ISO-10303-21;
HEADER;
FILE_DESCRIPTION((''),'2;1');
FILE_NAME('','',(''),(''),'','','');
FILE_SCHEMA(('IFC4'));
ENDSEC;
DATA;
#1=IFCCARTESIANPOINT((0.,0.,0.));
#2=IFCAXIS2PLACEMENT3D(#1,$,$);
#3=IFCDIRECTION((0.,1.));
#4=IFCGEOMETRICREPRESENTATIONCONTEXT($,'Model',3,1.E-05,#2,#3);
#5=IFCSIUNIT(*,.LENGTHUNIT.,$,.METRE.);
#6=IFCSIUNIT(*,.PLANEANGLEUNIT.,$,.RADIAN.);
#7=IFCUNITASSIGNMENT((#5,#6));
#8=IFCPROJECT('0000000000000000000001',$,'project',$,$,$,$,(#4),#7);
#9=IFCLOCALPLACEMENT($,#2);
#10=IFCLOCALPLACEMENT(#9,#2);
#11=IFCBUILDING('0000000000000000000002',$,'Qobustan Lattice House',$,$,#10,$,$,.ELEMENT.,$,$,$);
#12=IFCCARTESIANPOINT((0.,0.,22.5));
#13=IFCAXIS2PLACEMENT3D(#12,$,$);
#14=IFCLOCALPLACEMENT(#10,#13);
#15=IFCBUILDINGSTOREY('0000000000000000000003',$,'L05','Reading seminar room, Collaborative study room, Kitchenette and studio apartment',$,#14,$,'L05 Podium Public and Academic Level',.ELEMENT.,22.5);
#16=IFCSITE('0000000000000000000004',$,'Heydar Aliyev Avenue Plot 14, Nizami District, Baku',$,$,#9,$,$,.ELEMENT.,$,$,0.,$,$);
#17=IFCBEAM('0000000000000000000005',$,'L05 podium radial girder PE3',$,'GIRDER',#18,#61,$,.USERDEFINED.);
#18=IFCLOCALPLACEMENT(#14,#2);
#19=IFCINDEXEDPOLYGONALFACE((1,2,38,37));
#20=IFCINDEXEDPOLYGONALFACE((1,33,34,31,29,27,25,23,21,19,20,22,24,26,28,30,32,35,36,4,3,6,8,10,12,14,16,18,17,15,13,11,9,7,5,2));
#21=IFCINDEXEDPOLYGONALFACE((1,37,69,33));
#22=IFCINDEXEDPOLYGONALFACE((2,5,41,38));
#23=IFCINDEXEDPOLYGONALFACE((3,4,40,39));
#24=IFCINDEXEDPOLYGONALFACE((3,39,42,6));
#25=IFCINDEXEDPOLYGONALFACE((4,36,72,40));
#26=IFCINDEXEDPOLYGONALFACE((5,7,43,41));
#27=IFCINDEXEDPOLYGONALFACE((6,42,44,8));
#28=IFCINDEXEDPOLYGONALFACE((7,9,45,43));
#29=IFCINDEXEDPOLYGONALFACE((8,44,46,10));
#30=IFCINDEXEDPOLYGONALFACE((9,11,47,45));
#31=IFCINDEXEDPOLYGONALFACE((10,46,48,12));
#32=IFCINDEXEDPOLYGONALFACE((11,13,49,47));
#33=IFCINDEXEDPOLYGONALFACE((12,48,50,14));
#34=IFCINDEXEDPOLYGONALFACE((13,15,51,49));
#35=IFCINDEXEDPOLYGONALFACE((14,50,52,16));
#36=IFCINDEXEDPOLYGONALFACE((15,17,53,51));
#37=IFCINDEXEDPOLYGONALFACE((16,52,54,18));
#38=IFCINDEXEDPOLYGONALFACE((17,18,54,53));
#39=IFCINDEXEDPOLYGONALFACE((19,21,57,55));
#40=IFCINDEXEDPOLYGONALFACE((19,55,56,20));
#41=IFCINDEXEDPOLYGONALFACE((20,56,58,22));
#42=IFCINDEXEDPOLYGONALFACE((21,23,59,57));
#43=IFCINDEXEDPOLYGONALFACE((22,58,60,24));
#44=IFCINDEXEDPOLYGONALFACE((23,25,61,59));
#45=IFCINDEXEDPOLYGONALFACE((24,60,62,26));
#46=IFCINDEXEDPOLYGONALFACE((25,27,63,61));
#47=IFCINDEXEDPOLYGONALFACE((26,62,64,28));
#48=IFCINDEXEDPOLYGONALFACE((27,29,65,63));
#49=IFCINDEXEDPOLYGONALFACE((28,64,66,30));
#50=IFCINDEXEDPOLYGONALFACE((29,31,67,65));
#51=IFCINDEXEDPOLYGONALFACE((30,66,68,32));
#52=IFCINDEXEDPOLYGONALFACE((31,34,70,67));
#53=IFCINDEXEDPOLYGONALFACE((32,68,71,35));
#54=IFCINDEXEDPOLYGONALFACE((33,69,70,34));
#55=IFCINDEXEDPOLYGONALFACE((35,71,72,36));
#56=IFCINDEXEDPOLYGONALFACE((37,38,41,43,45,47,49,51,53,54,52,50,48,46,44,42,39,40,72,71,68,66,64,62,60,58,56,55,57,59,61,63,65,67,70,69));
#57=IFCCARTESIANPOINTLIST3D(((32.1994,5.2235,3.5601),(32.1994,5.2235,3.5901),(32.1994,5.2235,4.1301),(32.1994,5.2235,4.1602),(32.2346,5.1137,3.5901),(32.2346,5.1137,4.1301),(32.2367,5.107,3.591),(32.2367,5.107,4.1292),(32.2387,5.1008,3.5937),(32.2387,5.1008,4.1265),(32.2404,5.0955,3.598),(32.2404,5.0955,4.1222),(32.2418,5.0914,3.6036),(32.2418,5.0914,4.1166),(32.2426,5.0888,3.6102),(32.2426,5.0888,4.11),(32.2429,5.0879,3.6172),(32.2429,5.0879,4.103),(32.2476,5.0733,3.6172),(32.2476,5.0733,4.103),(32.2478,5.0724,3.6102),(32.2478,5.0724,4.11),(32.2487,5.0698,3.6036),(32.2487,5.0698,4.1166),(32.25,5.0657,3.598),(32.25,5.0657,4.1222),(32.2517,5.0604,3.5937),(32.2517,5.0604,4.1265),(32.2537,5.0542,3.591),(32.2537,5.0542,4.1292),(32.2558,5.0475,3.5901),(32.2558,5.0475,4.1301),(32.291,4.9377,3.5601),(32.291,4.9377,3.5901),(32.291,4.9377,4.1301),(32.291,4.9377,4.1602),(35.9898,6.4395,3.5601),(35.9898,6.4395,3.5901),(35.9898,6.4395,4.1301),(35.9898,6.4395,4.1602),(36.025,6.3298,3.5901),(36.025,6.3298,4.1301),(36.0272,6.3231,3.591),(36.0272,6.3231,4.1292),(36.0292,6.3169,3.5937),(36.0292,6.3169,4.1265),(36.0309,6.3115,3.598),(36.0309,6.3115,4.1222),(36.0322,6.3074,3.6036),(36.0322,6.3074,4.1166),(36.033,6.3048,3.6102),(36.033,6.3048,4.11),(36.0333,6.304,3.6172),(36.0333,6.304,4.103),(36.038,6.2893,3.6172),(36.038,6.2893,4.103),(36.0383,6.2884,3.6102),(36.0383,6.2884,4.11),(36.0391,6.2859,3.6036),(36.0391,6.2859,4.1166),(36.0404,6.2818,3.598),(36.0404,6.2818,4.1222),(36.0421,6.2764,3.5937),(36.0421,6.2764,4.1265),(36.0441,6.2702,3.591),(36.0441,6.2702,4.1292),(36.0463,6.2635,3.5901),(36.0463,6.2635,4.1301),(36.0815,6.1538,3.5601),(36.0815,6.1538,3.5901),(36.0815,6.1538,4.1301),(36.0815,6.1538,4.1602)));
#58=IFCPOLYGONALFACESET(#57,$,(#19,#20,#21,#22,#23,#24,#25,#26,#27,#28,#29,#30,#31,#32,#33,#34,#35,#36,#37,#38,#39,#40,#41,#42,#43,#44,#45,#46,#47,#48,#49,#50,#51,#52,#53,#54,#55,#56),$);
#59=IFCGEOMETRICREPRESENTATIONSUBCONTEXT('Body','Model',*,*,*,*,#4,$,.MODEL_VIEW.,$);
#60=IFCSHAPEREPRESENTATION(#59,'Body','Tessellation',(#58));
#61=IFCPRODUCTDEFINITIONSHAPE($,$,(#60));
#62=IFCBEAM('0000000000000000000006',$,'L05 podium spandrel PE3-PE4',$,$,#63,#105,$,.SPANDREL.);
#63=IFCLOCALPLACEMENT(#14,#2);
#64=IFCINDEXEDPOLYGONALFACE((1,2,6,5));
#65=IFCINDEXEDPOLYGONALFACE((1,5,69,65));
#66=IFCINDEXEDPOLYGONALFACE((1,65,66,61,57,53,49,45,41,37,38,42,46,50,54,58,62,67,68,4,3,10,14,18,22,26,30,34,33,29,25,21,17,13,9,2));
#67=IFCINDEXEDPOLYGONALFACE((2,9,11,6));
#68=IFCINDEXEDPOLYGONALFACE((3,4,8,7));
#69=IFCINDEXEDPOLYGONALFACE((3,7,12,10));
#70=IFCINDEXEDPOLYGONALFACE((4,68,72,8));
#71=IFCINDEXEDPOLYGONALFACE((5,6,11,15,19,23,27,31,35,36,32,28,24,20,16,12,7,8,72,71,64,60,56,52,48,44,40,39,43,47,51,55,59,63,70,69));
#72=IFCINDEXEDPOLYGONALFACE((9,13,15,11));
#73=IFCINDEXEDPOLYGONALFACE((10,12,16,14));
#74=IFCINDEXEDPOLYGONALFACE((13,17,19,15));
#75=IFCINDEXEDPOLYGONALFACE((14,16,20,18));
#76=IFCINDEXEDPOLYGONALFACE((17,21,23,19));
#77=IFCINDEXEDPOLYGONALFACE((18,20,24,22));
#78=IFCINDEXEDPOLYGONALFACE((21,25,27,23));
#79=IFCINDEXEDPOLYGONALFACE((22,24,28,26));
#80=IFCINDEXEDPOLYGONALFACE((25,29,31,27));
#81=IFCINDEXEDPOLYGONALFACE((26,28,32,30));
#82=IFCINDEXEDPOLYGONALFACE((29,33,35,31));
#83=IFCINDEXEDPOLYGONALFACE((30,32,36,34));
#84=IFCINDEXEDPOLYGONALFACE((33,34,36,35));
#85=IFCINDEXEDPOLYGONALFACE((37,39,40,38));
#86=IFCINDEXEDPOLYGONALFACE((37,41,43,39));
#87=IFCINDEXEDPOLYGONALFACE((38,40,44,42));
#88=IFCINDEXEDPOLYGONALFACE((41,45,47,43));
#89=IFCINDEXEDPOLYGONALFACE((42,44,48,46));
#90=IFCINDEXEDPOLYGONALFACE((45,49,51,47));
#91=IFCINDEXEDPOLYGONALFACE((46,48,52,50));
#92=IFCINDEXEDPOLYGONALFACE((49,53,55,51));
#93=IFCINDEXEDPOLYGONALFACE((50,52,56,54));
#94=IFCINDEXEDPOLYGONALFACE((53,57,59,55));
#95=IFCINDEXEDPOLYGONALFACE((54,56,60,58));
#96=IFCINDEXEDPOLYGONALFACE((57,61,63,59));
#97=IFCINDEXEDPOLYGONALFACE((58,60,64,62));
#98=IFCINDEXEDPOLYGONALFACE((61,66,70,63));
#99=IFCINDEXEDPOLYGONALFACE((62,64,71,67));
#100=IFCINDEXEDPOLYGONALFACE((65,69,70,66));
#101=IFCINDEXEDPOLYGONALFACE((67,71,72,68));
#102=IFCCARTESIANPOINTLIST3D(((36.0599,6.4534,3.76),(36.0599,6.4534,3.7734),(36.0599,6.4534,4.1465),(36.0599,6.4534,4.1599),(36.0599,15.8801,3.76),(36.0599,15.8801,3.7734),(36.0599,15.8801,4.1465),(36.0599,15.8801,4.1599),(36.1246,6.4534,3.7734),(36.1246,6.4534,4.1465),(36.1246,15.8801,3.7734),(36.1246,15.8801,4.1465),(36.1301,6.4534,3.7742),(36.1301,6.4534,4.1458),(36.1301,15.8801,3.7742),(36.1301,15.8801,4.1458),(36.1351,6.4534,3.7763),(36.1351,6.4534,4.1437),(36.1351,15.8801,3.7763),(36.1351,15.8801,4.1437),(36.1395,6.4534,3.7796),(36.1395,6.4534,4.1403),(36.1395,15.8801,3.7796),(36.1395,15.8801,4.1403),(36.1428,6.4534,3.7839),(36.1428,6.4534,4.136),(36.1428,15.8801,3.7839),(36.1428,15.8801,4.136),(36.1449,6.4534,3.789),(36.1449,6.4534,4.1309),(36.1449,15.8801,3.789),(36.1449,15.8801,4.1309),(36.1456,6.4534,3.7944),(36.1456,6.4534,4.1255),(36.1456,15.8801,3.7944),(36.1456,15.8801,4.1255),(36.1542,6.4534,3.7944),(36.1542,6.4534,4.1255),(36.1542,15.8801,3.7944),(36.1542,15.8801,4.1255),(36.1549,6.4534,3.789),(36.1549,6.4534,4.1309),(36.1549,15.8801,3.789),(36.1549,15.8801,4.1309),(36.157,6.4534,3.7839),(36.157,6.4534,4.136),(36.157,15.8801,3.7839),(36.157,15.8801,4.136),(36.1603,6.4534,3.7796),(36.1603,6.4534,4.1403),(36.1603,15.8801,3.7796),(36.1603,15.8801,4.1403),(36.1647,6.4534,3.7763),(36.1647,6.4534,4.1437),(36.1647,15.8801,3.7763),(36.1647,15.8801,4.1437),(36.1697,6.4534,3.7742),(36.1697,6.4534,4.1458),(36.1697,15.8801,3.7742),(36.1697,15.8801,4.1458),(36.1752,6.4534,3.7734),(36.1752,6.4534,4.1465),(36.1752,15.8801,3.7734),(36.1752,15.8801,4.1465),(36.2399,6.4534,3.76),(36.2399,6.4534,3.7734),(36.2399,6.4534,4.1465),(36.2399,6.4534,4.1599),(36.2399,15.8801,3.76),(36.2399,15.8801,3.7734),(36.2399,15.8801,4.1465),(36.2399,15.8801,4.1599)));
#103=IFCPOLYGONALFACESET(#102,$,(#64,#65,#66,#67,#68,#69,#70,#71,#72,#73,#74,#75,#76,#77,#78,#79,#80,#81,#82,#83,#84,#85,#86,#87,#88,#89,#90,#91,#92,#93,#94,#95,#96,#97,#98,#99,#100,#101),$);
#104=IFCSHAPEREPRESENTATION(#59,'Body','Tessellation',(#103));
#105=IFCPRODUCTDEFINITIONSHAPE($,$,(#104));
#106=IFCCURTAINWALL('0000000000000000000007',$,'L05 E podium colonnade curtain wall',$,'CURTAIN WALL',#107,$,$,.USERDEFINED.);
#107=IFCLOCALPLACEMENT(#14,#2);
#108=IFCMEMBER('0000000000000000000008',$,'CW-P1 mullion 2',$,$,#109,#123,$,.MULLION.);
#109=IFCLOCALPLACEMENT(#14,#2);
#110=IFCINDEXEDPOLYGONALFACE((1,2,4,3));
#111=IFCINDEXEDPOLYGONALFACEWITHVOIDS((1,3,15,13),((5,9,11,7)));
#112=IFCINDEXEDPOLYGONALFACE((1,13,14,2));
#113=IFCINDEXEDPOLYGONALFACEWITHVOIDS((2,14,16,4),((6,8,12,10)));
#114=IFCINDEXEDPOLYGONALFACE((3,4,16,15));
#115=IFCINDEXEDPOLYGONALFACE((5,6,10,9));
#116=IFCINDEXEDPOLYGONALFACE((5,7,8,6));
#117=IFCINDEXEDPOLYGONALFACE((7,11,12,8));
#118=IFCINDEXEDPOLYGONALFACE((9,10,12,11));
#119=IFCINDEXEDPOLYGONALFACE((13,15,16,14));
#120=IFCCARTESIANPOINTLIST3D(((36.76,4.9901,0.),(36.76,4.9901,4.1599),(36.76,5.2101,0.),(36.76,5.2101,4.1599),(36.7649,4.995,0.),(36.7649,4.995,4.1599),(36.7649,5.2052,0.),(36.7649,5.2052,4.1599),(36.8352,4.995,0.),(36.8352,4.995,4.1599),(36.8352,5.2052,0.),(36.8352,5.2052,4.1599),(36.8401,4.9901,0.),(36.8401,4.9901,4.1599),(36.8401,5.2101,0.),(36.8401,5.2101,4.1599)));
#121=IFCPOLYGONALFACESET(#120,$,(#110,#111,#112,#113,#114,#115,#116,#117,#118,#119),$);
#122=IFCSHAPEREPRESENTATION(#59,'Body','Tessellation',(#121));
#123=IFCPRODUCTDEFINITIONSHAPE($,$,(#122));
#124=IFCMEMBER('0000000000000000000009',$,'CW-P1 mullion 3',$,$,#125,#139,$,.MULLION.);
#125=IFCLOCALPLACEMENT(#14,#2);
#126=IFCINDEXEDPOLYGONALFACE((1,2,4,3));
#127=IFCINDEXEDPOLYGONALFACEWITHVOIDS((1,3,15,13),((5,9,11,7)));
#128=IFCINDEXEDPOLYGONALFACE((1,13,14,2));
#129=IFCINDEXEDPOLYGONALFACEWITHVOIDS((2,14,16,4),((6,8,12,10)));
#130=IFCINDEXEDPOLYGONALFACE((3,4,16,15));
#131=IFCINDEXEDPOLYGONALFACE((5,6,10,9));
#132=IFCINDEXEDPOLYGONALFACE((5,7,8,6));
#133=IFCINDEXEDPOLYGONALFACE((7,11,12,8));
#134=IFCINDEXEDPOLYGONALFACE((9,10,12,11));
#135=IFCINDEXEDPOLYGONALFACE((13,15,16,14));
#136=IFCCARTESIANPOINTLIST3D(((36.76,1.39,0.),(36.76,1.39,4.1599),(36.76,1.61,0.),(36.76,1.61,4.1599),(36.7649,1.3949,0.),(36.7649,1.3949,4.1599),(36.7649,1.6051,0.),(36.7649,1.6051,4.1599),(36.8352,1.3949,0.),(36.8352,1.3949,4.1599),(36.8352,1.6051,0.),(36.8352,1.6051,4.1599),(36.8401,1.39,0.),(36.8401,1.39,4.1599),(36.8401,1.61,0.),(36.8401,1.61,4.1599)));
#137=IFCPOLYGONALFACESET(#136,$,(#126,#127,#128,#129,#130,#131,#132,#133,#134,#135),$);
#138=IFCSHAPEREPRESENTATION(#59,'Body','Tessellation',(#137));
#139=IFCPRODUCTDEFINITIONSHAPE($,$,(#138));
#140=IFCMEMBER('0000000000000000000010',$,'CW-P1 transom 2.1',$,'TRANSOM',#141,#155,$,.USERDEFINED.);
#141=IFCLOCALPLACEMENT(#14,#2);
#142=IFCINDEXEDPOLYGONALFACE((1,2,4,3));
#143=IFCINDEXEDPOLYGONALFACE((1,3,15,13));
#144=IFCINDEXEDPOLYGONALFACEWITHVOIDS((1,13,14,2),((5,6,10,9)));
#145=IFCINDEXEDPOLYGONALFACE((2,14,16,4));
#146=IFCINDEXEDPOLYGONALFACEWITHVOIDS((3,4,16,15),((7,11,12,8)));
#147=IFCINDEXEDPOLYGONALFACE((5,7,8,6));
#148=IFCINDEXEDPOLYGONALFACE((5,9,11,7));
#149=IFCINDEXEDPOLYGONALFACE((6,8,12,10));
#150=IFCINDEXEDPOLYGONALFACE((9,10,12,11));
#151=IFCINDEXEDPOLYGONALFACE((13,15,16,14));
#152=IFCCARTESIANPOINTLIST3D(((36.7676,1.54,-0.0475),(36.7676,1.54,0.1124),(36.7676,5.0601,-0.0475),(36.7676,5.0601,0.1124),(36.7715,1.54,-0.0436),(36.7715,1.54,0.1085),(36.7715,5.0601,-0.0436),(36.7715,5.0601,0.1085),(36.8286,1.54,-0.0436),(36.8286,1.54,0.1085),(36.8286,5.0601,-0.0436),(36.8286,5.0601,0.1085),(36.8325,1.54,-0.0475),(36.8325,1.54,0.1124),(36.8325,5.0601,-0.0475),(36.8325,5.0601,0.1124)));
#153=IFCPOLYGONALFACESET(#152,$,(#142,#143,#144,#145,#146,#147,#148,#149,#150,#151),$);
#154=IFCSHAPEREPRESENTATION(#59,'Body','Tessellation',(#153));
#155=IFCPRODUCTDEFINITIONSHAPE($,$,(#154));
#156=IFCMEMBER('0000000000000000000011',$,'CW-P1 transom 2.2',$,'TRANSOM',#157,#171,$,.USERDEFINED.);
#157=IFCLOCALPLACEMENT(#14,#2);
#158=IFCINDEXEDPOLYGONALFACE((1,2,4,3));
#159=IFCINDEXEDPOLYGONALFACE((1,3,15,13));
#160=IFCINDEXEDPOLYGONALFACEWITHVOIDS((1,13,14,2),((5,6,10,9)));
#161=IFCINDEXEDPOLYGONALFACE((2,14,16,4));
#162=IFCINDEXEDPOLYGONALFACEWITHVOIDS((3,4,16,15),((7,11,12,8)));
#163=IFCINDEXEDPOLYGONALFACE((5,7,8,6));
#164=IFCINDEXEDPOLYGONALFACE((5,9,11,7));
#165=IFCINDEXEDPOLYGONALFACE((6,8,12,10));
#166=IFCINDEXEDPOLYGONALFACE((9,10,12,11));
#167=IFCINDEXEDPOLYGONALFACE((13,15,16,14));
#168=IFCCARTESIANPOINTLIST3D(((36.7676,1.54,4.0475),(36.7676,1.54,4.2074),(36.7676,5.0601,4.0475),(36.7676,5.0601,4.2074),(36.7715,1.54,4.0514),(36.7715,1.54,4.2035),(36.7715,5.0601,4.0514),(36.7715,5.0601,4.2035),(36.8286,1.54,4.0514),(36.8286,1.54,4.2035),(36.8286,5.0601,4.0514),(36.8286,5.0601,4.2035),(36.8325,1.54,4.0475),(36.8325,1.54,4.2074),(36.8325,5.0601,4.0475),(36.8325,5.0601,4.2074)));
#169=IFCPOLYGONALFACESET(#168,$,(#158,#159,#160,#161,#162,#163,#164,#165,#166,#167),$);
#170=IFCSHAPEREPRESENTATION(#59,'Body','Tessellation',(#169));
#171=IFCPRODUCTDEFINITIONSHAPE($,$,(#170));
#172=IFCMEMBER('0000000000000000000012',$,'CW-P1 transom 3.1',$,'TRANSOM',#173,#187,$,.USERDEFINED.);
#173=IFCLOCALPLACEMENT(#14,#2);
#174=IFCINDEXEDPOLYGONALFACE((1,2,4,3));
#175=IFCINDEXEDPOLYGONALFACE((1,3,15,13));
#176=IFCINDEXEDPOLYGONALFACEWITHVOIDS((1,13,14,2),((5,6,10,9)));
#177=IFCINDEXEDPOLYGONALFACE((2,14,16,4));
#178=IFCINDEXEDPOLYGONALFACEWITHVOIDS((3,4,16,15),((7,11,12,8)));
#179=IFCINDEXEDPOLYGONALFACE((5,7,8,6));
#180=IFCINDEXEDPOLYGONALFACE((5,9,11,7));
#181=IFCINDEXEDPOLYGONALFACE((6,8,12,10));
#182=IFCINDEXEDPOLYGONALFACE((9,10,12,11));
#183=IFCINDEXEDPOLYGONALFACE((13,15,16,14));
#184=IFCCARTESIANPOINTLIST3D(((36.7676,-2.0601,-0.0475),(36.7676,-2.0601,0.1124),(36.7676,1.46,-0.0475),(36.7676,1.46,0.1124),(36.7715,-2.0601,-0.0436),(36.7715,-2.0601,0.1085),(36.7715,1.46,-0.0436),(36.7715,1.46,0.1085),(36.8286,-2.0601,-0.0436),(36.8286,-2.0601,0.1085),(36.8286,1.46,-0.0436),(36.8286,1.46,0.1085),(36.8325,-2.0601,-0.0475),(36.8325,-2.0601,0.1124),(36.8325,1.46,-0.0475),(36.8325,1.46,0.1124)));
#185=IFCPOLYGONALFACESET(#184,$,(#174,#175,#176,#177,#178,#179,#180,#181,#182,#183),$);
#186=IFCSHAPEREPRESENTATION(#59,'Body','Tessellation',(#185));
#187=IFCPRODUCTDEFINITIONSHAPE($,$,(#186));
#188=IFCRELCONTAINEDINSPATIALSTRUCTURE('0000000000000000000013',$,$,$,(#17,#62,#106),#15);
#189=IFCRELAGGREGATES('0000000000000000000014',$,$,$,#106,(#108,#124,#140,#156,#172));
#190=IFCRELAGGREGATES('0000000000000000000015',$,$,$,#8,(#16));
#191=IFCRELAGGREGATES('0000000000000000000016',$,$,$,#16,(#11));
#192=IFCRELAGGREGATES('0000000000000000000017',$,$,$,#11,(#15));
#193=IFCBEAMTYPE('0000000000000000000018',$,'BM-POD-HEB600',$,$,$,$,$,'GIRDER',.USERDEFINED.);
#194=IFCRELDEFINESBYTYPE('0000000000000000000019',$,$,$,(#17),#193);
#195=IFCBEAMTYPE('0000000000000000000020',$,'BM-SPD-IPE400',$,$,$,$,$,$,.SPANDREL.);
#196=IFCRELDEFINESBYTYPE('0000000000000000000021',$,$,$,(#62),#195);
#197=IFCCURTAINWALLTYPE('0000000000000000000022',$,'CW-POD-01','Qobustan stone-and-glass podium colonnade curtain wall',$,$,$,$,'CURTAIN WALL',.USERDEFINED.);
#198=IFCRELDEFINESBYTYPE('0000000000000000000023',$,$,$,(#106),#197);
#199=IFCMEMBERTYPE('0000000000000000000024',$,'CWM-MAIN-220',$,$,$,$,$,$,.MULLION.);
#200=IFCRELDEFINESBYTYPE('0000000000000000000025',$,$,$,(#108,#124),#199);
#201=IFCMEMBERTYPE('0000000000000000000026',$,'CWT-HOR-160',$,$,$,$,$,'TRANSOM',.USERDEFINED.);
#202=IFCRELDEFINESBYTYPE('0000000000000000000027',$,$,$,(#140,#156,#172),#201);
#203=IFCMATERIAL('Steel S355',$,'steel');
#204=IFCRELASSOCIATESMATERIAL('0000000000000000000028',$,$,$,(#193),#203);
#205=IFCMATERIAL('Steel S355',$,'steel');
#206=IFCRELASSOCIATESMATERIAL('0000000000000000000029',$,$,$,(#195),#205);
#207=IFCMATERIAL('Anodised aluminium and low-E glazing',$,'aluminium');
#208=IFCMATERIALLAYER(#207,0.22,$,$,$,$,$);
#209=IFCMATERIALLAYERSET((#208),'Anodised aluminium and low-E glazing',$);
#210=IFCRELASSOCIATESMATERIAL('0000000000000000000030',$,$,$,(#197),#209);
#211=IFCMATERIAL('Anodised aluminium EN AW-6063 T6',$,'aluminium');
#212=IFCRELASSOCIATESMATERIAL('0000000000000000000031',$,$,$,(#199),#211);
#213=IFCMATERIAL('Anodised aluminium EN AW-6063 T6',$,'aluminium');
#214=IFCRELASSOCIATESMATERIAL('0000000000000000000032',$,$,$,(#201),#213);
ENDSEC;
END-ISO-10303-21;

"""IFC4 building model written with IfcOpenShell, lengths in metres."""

from ifc_helpers import new_model, si_unit, direction, frame, origin, origin_2d, place, context, subcontext, project, spatial, hollow_rectangle, i_section, extrude, material, layer, layer_set, material_profile, profile_set, type_object, element, aggregate, save


model = new_model("IFC4")

# Units and contexts
model_context = context("Model", 3, precision=1e-05, world=origin(), true_north=direction((0.0, 1.0)))
body_context = subcontext(model_context, "Body", "Model", "MODEL_VIEW")
ifc_project = project(units=[si_unit("LENGTHUNIT", "METRE"), si_unit("PLANEANGLEUNIT", "RADIAN")], contexts=[model_context])

# Site, building, storey
site_placement = place(None, origin())
site = spatial("IfcSite", under=ifc_project, at=site_placement, Name="Heydar Aliyev Avenue Plot 14, Nizami District, Baku", CompositionType="ELEMENT", RefElevation=0.0)
building_placement = place(site_placement, origin())
building = spatial("IfcBuilding", under=site, at=building_placement, Name="Qobustan Lattice House", CompositionType="ELEMENT")
storey_placement = place(building_placement, frame((0.0, 0.0, 22.5)))
storey = spatial("IfcBuildingStorey", under=building, at=storey_placement, Name="L05", Description="Reading seminar room, Collaborative study room, Kitchenette and studio apartment", LongName="L05 Podium Public and Academic Level", CompositionType="ELEMENT", Elevation=22.5)

# Beams
ifc_material_1 = material(Name="Steel S355", Category="steel")
ifc_material_profile_1 = material_profile(ifc_material_1, i_section(OverallWidth=0.3, OverallDepth=0.6001, WebThickness=0.0154, FlangeThickness=0.03, FilletRadius=0.0271, at=origin_2d()), Name="HEB600")
ifc_profile_set_1 = profile_set([ifc_material_profile_1], Name="Steel S355")
beam_type_1 = type_object("IfcBeamType", Name="BM-POD-HEB600", ElementType="GIRDER", PredefinedType="USERDEFINED", material=ifc_profile_set_1)
beam_1_placement = place(storey_placement, frame((36.0356, 6.2966, 3.8601), z_axis=(-0.952198, -0.305481, 0.0), x_axis=(0.305481, -0.952198, 0.0)))
element("IfcBeam", 1, at=beam_1_placement, inside=storey, type_object=beam_type_1, Name="L05 podium radial girder PE3", ObjectType="GIRDER", PredefinedType="USERDEFINED", context=body_context, shape_type="SweptSolid", body=[
    extrude(i_section(OverallWidth=0.3, OverallDepth=0.6001, WebThickness=0.0154, FlangeThickness=0.03, FilletRadius=0.0271, at=origin_2d()), origin(), (0.0, 0.0, 1.0), 3.9807),
])
ifc_material_2 = material(Name="Steel S355", Category="steel")
ifc_material_profile_2 = material_profile(ifc_material_2, i_section(OverallWidth=0.1799, OverallDepth=0.3999, WebThickness=0.0085, FlangeThickness=0.0134, FilletRadius=0.021, at=origin_2d()), Name="IPE400")
ifc_profile_set_2 = profile_set([ifc_material_profile_2], Name="Steel S355")
beam_type_2 = type_object("IfcBeamType", Name="BM-SPD-IPE400", PredefinedType="SPANDREL", material=ifc_profile_set_2)
beam_2_placement = place(storey_placement, frame((36.1499, 6.4534, 3.96), z_axis=(0.0, 1.0, 0.0), x_axis=(-1.0, 0.0, 0.0)))
element("IfcBeam", 2, at=beam_2_placement, inside=storey, type_object=beam_type_2, Name="L05 podium spandrel PE3-PE4", PredefinedType="SPANDREL", context=body_context, shape_type="SweptSolid", body=[
    extrude(i_section(OverallWidth=0.1799, OverallDepth=0.3999, WebThickness=0.0085, FlangeThickness=0.0134, FilletRadius=0.021, at=origin_2d()), origin(), (0.0, 0.0, 1.0), 9.4268),
])

# Curtain wall, members
ifc_material_3 = material(Name="Anodised aluminium and low-E glazing", Category="aluminium")
ifc_layer_1 = layer(ifc_material_3, 0.22)
ifc_layer_set_1 = layer_set([ifc_layer_1], Name="Anodised aluminium and low-E glazing")
curtain_wall_type = type_object("IfcCurtainWallType", Name="CW-POD-01", Description="Qobustan stone-and-glass podium colonnade curtain wall", ElementType="CURTAIN WALL", PredefinedType="USERDEFINED", material=ifc_layer_set_1)
curtain_wall_placement = place(storey_placement, origin())
curtain_wall = element("IfcCurtainWall", 3, at=curtain_wall_placement, inside=storey, type_object=curtain_wall_type, Name="L05 E podium colonnade curtain wall", ObjectType="CURTAIN WALL", PredefinedType="USERDEFINED")
ifc_material_4 = material(Name="Anodised aluminium EN AW-6063 T6", Category="aluminium")
ifc_material_profile_3 = material_profile(ifc_material_4, hollow_rectangle(XDim=0.0801, YDim=0.22, WallThickness=0.0049, at=origin_2d()), Name="CWM-220x80")
ifc_profile_set_3 = profile_set([ifc_material_profile_3], Name="Anodised aluminium EN AW-6063 T6")
member_type_1 = type_object("IfcMemberType", Name="CWM-MAIN-220", PredefinedType="MULLION", material=ifc_profile_set_3)
member_1_placement = place(storey_placement, frame((36.8, 5.1001, 0.0), z_axis=(0.0, 0.0, 1.0), x_axis=(1.0, 0.0, 0.0)))
member_1 = element("IfcMember", 4, at=member_1_placement, type_object=member_type_1, Name="CW-P1 mullion 2", PredefinedType="MULLION", context=body_context, shape_type="SweptSolid", body=[
    extrude(hollow_rectangle(XDim=0.0801, YDim=0.22, WallThickness=0.0049, at=origin_2d()), origin(), (0.0, 0.0, 1.0), 4.1599),
])
member_2_placement = place(storey_placement, frame((36.8, 1.5, 0.0), z_axis=(0.0, 0.0, 1.0), x_axis=(1.0, 0.0, 0.0)))
member_2 = element("IfcMember", 5, at=member_2_placement, type_object=member_type_1, Name="CW-P1 mullion 3", PredefinedType="MULLION", context=body_context, shape_type="SweptSolid", body=[
    extrude(hollow_rectangle(XDim=0.0801, YDim=0.22, WallThickness=0.0049, at=origin_2d()), origin(), (0.0, 0.0, 1.0), 4.1599),
])
ifc_material_5 = material(Name="Anodised aluminium EN AW-6063 T6", Category="aluminium")
ifc_material_profile_4 = material_profile(ifc_material_5, hollow_rectangle(XDim=0.0649, YDim=0.1599, WallThickness=0.0039, at=origin_2d()), Name="CWT-160x65")
ifc_profile_set_4 = profile_set([ifc_material_profile_4], Name="Anodised aluminium EN AW-6063 T6")
member_type_2 = type_object("IfcMemberType", Name="CWT-HOR-160", ElementType="TRANSOM", PredefinedType="USERDEFINED", material=ifc_profile_set_4)
member_3_placement = place(storey_placement, frame((36.8, 5.0601, 0.0325), z_axis=(0.0, -1.0, 0.0), x_axis=(1.0, 0.0, 0.0)))
member_3 = element("IfcMember", 6, at=member_3_placement, type_object=member_type_2, Name="CW-P1 transom 2.1", ObjectType="TRANSOM", PredefinedType="USERDEFINED", context=body_context, shape_type="SweptSolid", body=[
    extrude(hollow_rectangle(XDim=0.0649, YDim=0.1599, WallThickness=0.0039, at=origin_2d()), origin(), (0.0, 0.0, 1.0), 3.52),
])
member_4_placement = place(storey_placement, frame((36.8, 5.0601, 4.1274), z_axis=(0.0, -1.0, 0.0), x_axis=(1.0, 0.0, 0.0)))
member_4 = element("IfcMember", 7, at=member_4_placement, type_object=member_type_2, Name="CW-P1 transom 2.2", ObjectType="TRANSOM", PredefinedType="USERDEFINED", context=body_context, shape_type="SweptSolid", body=[
    extrude(hollow_rectangle(XDim=0.0649, YDim=0.1599, WallThickness=0.0039, at=origin_2d()), origin(), (0.0, 0.0, 1.0), 3.52),
])
member_5_placement = place(storey_placement, frame((36.8, 1.46, 0.0325), z_axis=(0.0, -1.0, 0.0), x_axis=(1.0, 0.0, 0.0)))
member_5 = element("IfcMember", 8, at=member_5_placement, type_object=member_type_2, Name="CW-P1 transom 3.1", ObjectType="TRANSOM", PredefinedType="USERDEFINED", context=body_context, shape_type="SweptSolid", body=[
    extrude(hollow_rectangle(XDim=0.0649, YDim=0.1599, WallThickness=0.0039, at=origin_2d()), origin(), (0.0, 0.0, 1.0), 3.52),
])
aggregate(curtain_wall, [member_1, member_2, member_3, member_4, member_5])

save(model, "model.ifc")
